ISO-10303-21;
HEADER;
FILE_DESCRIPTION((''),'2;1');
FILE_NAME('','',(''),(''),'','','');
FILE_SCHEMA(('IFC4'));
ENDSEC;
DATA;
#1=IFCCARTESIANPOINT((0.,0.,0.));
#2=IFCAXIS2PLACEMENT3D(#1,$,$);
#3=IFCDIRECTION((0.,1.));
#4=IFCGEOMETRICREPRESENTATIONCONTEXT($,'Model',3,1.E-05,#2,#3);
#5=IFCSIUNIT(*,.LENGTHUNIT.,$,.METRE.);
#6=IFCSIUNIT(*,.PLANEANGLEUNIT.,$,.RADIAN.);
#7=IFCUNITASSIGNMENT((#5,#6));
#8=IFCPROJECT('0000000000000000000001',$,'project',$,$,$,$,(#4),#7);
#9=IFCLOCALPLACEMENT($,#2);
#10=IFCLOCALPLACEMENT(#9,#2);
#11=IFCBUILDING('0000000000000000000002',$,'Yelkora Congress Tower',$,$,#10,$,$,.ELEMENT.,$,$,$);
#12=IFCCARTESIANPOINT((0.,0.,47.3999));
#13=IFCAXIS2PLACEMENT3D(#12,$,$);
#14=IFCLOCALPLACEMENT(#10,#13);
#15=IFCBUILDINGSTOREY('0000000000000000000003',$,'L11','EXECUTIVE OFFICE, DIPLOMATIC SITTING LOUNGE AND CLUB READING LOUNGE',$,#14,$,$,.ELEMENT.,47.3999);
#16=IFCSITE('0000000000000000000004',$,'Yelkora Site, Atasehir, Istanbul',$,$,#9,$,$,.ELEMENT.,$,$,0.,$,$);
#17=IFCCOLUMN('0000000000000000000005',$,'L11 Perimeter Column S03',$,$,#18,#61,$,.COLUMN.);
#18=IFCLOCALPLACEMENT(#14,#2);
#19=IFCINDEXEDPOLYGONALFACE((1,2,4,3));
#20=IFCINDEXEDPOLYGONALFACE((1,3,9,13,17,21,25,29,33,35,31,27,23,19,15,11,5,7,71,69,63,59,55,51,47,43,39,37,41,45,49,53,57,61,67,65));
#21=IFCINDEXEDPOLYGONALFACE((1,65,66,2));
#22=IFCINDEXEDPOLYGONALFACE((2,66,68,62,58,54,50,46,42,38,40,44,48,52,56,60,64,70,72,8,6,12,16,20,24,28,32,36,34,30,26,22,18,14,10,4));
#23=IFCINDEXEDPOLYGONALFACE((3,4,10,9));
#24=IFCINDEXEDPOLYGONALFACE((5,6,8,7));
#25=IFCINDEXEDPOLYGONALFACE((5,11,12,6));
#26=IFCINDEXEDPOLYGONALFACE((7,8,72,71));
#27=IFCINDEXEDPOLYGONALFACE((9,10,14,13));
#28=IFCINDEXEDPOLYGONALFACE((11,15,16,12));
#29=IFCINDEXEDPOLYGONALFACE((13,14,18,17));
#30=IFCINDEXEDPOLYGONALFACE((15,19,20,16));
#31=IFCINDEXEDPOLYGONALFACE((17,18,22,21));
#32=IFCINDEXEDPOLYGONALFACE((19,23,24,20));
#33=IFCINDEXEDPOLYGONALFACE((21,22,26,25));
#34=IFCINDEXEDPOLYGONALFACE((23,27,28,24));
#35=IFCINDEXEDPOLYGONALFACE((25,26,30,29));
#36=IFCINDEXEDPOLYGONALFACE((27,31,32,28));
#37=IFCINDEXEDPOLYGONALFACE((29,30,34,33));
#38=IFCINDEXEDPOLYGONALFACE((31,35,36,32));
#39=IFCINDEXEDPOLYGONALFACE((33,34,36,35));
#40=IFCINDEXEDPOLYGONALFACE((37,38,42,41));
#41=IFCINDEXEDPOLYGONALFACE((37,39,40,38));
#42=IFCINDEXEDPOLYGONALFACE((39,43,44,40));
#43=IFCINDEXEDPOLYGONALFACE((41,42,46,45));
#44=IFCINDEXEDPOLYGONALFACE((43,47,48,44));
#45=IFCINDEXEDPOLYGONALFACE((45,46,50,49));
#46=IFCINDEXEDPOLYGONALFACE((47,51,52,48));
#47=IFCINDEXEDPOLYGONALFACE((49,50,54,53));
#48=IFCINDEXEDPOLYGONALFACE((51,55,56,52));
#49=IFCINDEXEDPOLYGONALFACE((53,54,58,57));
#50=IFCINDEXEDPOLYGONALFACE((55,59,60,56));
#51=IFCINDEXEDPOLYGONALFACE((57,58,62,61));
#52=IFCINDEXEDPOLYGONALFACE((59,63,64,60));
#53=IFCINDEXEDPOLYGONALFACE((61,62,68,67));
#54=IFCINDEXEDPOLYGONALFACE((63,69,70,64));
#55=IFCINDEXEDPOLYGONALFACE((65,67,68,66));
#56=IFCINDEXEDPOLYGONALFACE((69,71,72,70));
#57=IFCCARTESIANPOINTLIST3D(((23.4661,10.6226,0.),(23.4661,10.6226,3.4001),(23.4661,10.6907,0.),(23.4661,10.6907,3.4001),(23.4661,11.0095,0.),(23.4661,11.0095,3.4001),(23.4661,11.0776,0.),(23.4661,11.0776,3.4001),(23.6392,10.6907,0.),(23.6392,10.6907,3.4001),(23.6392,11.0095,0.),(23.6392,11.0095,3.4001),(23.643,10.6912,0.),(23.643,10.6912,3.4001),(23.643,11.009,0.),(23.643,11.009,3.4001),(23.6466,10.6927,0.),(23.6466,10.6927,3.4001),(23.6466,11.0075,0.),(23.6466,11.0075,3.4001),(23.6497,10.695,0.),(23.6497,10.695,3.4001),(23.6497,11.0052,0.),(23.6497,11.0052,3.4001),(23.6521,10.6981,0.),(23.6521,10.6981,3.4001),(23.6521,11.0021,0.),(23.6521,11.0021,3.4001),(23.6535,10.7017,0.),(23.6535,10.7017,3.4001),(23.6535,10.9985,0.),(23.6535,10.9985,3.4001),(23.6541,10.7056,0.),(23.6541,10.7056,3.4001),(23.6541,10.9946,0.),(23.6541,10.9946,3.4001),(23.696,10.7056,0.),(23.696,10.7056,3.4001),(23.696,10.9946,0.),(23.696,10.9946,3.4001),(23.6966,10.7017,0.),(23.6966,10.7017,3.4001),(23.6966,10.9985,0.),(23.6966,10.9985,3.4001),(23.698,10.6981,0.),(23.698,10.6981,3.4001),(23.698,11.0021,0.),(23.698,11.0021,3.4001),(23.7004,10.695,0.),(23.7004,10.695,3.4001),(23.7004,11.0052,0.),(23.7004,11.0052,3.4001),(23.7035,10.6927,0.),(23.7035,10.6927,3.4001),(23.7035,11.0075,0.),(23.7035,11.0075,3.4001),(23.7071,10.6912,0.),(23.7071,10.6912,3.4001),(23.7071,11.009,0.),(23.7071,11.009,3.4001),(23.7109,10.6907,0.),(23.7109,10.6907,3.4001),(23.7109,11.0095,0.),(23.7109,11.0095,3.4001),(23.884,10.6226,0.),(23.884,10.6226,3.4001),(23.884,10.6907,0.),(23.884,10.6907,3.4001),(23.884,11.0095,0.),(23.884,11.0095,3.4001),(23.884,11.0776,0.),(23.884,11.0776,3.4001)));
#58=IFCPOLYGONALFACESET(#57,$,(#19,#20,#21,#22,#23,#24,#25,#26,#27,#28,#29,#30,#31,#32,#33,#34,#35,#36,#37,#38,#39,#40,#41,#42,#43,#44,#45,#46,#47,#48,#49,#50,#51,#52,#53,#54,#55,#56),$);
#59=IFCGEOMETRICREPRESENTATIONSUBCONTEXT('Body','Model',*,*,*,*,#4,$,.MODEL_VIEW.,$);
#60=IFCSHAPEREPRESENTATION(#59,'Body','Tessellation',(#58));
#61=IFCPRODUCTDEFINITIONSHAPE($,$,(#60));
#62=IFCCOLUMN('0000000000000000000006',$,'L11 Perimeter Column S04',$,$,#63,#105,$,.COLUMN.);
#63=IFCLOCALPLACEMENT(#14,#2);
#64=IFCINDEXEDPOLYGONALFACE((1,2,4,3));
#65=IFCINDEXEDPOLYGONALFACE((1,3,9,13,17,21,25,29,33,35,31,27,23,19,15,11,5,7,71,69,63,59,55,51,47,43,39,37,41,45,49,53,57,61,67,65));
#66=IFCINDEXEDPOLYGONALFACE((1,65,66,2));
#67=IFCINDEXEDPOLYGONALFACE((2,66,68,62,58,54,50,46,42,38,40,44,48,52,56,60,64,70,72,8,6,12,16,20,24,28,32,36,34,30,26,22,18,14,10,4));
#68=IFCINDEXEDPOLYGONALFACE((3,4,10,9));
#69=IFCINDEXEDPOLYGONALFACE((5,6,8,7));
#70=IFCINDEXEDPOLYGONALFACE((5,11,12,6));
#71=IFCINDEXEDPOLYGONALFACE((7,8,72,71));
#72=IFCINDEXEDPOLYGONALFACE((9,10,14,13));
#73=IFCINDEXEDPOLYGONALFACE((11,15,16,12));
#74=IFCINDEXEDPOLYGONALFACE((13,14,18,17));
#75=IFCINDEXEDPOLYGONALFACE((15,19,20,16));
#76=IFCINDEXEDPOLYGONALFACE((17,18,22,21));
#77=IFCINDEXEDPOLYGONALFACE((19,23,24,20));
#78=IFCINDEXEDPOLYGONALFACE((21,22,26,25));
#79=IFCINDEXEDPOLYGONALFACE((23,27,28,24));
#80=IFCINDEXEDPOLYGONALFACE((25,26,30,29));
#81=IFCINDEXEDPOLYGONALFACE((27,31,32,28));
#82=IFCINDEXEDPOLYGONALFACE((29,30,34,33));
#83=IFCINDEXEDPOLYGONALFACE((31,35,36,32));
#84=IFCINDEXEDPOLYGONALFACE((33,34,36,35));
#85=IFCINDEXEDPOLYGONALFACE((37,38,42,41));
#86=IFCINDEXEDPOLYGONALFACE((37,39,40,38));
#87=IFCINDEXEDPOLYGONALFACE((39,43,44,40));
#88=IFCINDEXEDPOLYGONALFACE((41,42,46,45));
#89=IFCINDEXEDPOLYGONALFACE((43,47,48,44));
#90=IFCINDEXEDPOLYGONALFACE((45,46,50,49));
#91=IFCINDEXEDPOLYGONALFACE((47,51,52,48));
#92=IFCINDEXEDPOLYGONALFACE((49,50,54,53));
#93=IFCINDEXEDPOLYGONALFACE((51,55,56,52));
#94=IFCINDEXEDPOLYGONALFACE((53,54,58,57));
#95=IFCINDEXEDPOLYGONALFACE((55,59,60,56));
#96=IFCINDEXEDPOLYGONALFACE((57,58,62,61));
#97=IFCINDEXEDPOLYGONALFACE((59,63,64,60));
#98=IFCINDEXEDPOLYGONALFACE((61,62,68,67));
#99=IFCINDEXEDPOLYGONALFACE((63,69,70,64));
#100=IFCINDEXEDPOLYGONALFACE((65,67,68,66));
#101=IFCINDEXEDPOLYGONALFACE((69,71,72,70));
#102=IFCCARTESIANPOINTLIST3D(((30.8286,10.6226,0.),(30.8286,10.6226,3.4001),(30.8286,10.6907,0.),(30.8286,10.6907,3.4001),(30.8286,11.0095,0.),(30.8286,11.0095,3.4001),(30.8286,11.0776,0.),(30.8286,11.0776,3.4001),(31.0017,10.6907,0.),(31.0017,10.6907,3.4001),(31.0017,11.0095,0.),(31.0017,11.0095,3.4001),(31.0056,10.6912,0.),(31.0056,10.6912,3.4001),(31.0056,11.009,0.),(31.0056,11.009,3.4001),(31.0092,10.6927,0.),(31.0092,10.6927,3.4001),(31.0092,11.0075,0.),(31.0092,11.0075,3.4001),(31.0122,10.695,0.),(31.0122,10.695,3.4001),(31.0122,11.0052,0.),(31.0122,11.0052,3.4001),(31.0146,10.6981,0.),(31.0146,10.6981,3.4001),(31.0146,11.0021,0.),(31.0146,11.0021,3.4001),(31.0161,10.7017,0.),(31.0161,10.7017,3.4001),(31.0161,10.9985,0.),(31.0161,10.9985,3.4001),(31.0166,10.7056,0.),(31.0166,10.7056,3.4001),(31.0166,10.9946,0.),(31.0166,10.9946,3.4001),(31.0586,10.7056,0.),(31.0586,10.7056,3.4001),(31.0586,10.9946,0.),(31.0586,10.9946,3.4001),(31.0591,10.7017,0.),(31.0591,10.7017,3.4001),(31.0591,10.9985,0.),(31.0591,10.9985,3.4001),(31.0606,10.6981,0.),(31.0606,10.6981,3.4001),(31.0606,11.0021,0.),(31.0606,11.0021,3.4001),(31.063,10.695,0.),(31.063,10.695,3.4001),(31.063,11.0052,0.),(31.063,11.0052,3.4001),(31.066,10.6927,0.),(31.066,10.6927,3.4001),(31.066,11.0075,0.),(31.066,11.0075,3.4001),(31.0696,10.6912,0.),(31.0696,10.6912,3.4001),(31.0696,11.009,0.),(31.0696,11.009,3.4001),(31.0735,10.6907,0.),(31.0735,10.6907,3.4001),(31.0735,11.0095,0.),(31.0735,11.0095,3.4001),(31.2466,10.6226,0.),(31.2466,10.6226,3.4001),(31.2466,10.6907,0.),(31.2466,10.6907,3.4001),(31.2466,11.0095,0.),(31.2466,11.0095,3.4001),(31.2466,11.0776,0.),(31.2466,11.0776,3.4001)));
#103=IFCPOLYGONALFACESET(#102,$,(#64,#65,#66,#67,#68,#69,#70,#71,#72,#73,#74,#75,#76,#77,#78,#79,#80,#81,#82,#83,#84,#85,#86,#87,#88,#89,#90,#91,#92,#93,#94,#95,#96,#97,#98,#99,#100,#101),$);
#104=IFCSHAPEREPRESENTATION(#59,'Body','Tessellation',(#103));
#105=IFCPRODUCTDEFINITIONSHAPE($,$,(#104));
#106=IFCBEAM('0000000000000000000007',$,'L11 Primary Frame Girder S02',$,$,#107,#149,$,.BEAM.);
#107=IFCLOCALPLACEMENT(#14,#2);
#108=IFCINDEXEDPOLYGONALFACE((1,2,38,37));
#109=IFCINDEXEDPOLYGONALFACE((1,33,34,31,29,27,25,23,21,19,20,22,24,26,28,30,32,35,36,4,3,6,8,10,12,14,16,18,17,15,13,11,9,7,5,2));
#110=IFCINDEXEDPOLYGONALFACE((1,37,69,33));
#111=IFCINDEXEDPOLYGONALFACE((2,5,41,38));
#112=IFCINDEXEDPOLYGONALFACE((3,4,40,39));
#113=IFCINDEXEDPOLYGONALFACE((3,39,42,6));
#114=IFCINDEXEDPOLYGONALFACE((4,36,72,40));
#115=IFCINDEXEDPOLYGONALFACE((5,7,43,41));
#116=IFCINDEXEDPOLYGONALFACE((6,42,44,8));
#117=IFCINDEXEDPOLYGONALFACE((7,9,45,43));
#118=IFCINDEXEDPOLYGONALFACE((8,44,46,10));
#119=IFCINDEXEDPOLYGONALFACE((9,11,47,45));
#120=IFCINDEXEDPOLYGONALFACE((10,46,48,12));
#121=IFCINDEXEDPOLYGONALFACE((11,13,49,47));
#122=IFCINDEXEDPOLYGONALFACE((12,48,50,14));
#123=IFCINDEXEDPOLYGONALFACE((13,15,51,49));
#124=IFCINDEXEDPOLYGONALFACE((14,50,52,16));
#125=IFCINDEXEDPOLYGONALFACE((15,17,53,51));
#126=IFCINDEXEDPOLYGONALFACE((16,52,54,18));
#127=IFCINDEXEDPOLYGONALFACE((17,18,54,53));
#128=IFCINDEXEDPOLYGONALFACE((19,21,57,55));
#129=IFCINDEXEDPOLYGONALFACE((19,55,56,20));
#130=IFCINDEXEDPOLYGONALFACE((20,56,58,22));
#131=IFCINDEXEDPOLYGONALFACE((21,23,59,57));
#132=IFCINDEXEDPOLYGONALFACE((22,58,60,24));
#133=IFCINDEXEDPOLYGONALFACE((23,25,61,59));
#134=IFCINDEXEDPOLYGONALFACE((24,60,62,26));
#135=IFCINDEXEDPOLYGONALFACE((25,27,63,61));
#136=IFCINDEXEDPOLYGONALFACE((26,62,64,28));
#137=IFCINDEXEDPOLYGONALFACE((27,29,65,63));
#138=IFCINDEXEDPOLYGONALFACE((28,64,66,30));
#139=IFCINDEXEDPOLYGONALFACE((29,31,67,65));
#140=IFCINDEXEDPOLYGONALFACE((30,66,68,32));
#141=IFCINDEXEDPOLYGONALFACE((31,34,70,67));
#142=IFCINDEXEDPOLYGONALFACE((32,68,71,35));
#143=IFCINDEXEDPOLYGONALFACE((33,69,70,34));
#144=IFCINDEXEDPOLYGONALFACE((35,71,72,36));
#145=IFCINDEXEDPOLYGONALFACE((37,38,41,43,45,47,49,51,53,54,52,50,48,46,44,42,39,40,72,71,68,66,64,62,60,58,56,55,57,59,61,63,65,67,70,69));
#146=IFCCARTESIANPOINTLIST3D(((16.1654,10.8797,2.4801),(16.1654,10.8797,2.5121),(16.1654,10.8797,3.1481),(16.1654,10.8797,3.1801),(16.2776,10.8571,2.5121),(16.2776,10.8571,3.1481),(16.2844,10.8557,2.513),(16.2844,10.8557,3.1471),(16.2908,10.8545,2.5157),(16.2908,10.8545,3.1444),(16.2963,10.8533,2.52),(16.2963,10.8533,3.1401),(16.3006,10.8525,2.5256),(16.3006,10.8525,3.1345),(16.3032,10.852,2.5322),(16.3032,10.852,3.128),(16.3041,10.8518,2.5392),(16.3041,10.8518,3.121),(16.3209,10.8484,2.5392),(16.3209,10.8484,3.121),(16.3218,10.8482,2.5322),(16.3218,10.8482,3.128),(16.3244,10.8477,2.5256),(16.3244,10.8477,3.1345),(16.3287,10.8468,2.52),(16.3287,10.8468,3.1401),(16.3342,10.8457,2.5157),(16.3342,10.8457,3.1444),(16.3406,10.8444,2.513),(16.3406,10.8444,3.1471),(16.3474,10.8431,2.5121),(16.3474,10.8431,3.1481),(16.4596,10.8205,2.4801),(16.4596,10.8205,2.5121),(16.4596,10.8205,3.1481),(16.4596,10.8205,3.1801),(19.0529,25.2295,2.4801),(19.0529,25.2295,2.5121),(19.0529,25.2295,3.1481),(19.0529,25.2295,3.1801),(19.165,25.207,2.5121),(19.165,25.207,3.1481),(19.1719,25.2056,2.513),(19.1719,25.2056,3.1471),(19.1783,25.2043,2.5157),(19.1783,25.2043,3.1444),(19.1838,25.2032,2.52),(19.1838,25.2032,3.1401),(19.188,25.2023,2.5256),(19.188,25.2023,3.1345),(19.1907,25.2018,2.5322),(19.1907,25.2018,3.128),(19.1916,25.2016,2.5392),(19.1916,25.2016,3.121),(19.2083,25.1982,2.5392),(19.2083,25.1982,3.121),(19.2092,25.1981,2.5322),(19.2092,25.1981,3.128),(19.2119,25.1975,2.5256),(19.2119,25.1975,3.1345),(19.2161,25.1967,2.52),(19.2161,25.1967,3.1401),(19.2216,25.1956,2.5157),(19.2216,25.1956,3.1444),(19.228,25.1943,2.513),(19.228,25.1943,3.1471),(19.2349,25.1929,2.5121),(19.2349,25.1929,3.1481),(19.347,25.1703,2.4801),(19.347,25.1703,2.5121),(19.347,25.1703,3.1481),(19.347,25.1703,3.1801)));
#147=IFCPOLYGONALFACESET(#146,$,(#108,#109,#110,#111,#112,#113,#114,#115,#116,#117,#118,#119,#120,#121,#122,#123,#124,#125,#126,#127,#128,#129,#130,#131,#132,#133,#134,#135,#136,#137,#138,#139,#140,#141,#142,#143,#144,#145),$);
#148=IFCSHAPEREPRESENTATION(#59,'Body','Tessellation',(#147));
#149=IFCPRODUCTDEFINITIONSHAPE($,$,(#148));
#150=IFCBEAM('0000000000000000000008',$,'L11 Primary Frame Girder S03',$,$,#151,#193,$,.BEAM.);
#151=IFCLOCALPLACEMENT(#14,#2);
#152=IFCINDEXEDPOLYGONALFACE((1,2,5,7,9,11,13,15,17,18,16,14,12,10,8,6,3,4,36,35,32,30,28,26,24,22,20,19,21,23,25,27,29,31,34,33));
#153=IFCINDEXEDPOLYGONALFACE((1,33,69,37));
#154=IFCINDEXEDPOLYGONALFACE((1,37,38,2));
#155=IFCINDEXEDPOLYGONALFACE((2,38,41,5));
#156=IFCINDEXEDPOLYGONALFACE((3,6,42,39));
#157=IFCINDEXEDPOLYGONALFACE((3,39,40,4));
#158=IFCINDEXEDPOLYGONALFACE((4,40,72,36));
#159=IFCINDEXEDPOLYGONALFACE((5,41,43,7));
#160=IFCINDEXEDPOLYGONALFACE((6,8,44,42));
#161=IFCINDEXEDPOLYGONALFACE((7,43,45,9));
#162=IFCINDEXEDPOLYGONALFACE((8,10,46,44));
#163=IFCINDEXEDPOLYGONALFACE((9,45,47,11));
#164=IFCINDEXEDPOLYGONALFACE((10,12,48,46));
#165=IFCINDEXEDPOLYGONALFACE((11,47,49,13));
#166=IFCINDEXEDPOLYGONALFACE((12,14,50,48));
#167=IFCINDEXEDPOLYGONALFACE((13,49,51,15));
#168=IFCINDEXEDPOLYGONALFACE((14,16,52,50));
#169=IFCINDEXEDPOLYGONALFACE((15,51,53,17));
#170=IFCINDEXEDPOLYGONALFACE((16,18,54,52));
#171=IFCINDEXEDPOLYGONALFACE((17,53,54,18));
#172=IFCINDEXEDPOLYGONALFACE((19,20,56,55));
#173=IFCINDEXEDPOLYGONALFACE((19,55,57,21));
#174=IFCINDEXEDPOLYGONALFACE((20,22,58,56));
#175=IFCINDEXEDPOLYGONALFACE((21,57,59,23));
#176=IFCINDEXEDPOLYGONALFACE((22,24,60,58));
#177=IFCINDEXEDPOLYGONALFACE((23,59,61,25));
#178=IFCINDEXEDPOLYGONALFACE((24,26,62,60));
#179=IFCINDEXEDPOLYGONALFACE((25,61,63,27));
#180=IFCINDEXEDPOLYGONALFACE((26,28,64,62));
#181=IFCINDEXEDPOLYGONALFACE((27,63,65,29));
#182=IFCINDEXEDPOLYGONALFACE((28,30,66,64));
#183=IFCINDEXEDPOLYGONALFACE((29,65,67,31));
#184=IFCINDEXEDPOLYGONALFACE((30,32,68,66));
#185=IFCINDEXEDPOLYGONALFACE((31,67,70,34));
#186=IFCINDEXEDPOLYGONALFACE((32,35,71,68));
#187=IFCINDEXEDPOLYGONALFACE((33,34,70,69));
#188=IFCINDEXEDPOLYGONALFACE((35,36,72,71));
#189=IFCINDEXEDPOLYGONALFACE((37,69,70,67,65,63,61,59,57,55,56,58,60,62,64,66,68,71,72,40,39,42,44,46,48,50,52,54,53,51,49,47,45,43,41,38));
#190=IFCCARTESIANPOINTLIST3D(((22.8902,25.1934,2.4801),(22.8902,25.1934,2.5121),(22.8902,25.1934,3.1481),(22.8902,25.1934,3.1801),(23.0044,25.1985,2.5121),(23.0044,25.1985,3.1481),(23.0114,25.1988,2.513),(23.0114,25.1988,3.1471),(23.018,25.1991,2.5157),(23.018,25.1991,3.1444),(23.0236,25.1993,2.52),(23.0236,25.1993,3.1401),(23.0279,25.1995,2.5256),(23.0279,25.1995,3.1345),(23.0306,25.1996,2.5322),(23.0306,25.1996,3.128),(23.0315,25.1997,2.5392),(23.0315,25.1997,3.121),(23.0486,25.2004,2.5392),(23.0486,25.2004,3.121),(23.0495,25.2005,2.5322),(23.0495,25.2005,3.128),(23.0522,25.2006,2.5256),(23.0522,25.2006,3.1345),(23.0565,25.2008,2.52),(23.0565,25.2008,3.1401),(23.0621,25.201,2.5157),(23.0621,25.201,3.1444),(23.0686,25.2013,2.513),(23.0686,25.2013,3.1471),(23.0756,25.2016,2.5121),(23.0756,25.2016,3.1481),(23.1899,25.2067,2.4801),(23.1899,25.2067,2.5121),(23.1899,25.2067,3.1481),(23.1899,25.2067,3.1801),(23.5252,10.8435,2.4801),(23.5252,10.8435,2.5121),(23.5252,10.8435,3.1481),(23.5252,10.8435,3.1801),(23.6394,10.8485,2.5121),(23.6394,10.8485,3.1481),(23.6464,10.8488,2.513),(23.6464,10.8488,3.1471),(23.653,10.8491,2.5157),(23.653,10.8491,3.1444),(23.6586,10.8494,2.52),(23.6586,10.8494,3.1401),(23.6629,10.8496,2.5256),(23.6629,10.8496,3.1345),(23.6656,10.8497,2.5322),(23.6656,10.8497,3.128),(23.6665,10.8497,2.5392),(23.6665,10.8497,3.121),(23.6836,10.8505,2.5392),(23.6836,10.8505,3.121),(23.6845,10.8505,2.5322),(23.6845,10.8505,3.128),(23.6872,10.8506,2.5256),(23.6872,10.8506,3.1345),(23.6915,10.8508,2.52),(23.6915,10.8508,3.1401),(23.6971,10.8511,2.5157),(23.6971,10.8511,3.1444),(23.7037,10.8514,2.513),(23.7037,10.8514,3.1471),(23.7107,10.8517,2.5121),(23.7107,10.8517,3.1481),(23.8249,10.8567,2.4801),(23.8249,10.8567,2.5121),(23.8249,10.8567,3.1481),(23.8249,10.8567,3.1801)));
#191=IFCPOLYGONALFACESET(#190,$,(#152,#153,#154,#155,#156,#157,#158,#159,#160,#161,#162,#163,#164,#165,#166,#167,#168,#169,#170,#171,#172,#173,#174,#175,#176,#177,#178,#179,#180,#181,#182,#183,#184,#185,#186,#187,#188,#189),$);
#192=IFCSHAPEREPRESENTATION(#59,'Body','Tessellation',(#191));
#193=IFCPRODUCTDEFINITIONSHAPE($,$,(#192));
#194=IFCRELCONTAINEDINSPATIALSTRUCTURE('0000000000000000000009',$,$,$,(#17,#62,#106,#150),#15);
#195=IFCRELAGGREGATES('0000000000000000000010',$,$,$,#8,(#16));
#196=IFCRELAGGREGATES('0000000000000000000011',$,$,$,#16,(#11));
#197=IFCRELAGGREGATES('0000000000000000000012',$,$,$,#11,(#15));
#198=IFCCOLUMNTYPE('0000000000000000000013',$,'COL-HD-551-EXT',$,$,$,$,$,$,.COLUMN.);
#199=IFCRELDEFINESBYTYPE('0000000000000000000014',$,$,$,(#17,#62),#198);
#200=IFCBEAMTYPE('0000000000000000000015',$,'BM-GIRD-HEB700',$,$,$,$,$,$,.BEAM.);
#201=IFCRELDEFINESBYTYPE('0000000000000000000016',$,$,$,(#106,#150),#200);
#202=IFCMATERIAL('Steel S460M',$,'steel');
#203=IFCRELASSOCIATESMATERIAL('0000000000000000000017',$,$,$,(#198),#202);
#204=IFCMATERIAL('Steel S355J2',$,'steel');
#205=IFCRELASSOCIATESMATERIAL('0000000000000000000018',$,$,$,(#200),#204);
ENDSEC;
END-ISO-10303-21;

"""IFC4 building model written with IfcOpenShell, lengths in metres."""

from ifc_helpers import new_model, si_unit, direction, frame, origin, origin_2d, place, context, subcontext, project, spatial, i_section, extrude, material, material_profile, profile_set, type_object, element, save


model = new_model("IFC4")

# Units and contexts
model_context = context("Model", 3, precision=1e-05, world=origin(), true_north=direction((0.0, 1.0)))
body_context = subcontext(model_context, "Body", "Model", "MODEL_VIEW")
ifc_project = project(units=[si_unit("LENGTHUNIT", "METRE"), si_unit("PLANEANGLEUNIT", "RADIAN")], contexts=[model_context])

# Site, building, storey
site_placement = place(None, origin())
site = spatial("IfcSite", under=ifc_project, at=site_placement, Name="Yelkora Site, Atasehir, Istanbul", CompositionType="ELEMENT", RefElevation=0.0)
building_placement = place(site_placement, origin())
building = spatial("IfcBuilding", under=site, at=building_placement, Name="Yelkora Congress Tower", CompositionType="ELEMENT")
storey_placement = place(building_placement, frame((0.0, 0.0, 47.3999)))
storey = spatial("IfcBuildingStorey", under=building, at=storey_placement, Name="L11", Description="EXECUTIVE OFFICE, DIPLOMATIC SITTING LOUNGE AND CLUB READING LOUNGE", CompositionType="ELEMENT", Elevation=47.3999)

# Columns
ifc_material_1 = material(Name="Steel S460M", Category="steel")
ifc_material_profile_1 = material_profile(ifc_material_1, i_section(OverallWidth=0.418, OverallDepth=0.4551, WebThickness=0.042, FlangeThickness=0.0681, FilletRadius=0.0149, at=origin_2d()), Name="HD 400x551")
ifc_profile_set_1 = profile_set([ifc_material_profile_1], Name="Steel S460M")
column_type = type_object("IfcColumnType", Name="COL-HD-551-EXT", PredefinedType="COLUMN", material=ifc_profile_set_1)
for number, where, z_axis, x_axis, name in (
    (1, (23.675, 10.8501, 0.0), (0.0, 0.0, 1.0), (1.0, 0.0, 0.0), "L11 Perimeter Column S03"),
    (2, (31.0376, 10.8501, 0.0), (0.0, 0.0, 1.0), (1.0, 0.0, 0.0), "L11 Perimeter Column S04"),
):
    element("IfcColumn", number, at=place(storey_placement, frame(where, z_axis=z_axis, x_axis=x_axis)), inside=storey, type_object=column_type, Name=name, PredefinedType="COLUMN", context=body_context, shape_type="SweptSolid", body=[
        extrude(i_section(OverallWidth=0.418, OverallDepth=0.4551, WebThickness=0.042, FlangeThickness=0.0681, FilletRadius=0.0149, at=origin_2d()), origin(), (0.0, 0.0, 1.0), 3.4001),
    ])

# Beams
ifc_material_2 = material(Name="Steel S355J2", Category="steel")
ifc_material_profile_2 = material_profile(ifc_material_2, i_section(OverallWidth=0.3, OverallDepth=0.7, WebThickness=0.0171, FlangeThickness=0.032, FilletRadius=0.0271, at=origin_2d()), Name="HEB 700")
ifc_profile_set_2 = profile_set([ifc_material_profile_2], Name="Steel S355J2")
beam_type_1 = type_object("IfcBeamType", Name="BM-GIRD-HEB700", PredefinedType="BEAM", material=ifc_profile_set_2)
beam_1_placement = place(storey_placement, frame((16.3125, 10.8501, 2.8301), z_axis=(0.197264, 0.98035, 0.0), x_axis=(-0.98035, 0.197264, 0.0)))
element("IfcBeam", 3, at=beam_1_placement, inside=storey, type_object=beam_type_1, Name="L11 Primary Frame Girder S02", PredefinedType="BEAM", context=body_context, shape_type="SweptSolid", body=[
    extrude(i_section(OverallWidth=0.3, OverallDepth=0.7, WebThickness=0.0171, FlangeThickness=0.032, FilletRadius=0.0271, at=origin_2d()), origin(), (0.0, 0.0, 1.0), 14.6375),
])
beam_2_placement = place(storey_placement, frame((23.675, 10.8501, 2.8301), z_axis=(-0.044209, 0.999022, 0.0), x_axis=(-0.999022, -0.044209, 0.0)))
element("IfcBeam", 4, at=beam_2_placement, inside=storey, type_object=beam_type_1, Name="L11 Primary Frame Girder S03", PredefinedType="BEAM", context=body_context, shape_type="SweptSolid", body=[
    extrude(i_section(OverallWidth=0.3, OverallDepth=0.7, WebThickness=0.0171, FlangeThickness=0.032, FilletRadius=0.0271, at=origin_2d()), origin(), (0.0, 0.0, 1.0), 14.364),
])

save(model, "model.ifc")
